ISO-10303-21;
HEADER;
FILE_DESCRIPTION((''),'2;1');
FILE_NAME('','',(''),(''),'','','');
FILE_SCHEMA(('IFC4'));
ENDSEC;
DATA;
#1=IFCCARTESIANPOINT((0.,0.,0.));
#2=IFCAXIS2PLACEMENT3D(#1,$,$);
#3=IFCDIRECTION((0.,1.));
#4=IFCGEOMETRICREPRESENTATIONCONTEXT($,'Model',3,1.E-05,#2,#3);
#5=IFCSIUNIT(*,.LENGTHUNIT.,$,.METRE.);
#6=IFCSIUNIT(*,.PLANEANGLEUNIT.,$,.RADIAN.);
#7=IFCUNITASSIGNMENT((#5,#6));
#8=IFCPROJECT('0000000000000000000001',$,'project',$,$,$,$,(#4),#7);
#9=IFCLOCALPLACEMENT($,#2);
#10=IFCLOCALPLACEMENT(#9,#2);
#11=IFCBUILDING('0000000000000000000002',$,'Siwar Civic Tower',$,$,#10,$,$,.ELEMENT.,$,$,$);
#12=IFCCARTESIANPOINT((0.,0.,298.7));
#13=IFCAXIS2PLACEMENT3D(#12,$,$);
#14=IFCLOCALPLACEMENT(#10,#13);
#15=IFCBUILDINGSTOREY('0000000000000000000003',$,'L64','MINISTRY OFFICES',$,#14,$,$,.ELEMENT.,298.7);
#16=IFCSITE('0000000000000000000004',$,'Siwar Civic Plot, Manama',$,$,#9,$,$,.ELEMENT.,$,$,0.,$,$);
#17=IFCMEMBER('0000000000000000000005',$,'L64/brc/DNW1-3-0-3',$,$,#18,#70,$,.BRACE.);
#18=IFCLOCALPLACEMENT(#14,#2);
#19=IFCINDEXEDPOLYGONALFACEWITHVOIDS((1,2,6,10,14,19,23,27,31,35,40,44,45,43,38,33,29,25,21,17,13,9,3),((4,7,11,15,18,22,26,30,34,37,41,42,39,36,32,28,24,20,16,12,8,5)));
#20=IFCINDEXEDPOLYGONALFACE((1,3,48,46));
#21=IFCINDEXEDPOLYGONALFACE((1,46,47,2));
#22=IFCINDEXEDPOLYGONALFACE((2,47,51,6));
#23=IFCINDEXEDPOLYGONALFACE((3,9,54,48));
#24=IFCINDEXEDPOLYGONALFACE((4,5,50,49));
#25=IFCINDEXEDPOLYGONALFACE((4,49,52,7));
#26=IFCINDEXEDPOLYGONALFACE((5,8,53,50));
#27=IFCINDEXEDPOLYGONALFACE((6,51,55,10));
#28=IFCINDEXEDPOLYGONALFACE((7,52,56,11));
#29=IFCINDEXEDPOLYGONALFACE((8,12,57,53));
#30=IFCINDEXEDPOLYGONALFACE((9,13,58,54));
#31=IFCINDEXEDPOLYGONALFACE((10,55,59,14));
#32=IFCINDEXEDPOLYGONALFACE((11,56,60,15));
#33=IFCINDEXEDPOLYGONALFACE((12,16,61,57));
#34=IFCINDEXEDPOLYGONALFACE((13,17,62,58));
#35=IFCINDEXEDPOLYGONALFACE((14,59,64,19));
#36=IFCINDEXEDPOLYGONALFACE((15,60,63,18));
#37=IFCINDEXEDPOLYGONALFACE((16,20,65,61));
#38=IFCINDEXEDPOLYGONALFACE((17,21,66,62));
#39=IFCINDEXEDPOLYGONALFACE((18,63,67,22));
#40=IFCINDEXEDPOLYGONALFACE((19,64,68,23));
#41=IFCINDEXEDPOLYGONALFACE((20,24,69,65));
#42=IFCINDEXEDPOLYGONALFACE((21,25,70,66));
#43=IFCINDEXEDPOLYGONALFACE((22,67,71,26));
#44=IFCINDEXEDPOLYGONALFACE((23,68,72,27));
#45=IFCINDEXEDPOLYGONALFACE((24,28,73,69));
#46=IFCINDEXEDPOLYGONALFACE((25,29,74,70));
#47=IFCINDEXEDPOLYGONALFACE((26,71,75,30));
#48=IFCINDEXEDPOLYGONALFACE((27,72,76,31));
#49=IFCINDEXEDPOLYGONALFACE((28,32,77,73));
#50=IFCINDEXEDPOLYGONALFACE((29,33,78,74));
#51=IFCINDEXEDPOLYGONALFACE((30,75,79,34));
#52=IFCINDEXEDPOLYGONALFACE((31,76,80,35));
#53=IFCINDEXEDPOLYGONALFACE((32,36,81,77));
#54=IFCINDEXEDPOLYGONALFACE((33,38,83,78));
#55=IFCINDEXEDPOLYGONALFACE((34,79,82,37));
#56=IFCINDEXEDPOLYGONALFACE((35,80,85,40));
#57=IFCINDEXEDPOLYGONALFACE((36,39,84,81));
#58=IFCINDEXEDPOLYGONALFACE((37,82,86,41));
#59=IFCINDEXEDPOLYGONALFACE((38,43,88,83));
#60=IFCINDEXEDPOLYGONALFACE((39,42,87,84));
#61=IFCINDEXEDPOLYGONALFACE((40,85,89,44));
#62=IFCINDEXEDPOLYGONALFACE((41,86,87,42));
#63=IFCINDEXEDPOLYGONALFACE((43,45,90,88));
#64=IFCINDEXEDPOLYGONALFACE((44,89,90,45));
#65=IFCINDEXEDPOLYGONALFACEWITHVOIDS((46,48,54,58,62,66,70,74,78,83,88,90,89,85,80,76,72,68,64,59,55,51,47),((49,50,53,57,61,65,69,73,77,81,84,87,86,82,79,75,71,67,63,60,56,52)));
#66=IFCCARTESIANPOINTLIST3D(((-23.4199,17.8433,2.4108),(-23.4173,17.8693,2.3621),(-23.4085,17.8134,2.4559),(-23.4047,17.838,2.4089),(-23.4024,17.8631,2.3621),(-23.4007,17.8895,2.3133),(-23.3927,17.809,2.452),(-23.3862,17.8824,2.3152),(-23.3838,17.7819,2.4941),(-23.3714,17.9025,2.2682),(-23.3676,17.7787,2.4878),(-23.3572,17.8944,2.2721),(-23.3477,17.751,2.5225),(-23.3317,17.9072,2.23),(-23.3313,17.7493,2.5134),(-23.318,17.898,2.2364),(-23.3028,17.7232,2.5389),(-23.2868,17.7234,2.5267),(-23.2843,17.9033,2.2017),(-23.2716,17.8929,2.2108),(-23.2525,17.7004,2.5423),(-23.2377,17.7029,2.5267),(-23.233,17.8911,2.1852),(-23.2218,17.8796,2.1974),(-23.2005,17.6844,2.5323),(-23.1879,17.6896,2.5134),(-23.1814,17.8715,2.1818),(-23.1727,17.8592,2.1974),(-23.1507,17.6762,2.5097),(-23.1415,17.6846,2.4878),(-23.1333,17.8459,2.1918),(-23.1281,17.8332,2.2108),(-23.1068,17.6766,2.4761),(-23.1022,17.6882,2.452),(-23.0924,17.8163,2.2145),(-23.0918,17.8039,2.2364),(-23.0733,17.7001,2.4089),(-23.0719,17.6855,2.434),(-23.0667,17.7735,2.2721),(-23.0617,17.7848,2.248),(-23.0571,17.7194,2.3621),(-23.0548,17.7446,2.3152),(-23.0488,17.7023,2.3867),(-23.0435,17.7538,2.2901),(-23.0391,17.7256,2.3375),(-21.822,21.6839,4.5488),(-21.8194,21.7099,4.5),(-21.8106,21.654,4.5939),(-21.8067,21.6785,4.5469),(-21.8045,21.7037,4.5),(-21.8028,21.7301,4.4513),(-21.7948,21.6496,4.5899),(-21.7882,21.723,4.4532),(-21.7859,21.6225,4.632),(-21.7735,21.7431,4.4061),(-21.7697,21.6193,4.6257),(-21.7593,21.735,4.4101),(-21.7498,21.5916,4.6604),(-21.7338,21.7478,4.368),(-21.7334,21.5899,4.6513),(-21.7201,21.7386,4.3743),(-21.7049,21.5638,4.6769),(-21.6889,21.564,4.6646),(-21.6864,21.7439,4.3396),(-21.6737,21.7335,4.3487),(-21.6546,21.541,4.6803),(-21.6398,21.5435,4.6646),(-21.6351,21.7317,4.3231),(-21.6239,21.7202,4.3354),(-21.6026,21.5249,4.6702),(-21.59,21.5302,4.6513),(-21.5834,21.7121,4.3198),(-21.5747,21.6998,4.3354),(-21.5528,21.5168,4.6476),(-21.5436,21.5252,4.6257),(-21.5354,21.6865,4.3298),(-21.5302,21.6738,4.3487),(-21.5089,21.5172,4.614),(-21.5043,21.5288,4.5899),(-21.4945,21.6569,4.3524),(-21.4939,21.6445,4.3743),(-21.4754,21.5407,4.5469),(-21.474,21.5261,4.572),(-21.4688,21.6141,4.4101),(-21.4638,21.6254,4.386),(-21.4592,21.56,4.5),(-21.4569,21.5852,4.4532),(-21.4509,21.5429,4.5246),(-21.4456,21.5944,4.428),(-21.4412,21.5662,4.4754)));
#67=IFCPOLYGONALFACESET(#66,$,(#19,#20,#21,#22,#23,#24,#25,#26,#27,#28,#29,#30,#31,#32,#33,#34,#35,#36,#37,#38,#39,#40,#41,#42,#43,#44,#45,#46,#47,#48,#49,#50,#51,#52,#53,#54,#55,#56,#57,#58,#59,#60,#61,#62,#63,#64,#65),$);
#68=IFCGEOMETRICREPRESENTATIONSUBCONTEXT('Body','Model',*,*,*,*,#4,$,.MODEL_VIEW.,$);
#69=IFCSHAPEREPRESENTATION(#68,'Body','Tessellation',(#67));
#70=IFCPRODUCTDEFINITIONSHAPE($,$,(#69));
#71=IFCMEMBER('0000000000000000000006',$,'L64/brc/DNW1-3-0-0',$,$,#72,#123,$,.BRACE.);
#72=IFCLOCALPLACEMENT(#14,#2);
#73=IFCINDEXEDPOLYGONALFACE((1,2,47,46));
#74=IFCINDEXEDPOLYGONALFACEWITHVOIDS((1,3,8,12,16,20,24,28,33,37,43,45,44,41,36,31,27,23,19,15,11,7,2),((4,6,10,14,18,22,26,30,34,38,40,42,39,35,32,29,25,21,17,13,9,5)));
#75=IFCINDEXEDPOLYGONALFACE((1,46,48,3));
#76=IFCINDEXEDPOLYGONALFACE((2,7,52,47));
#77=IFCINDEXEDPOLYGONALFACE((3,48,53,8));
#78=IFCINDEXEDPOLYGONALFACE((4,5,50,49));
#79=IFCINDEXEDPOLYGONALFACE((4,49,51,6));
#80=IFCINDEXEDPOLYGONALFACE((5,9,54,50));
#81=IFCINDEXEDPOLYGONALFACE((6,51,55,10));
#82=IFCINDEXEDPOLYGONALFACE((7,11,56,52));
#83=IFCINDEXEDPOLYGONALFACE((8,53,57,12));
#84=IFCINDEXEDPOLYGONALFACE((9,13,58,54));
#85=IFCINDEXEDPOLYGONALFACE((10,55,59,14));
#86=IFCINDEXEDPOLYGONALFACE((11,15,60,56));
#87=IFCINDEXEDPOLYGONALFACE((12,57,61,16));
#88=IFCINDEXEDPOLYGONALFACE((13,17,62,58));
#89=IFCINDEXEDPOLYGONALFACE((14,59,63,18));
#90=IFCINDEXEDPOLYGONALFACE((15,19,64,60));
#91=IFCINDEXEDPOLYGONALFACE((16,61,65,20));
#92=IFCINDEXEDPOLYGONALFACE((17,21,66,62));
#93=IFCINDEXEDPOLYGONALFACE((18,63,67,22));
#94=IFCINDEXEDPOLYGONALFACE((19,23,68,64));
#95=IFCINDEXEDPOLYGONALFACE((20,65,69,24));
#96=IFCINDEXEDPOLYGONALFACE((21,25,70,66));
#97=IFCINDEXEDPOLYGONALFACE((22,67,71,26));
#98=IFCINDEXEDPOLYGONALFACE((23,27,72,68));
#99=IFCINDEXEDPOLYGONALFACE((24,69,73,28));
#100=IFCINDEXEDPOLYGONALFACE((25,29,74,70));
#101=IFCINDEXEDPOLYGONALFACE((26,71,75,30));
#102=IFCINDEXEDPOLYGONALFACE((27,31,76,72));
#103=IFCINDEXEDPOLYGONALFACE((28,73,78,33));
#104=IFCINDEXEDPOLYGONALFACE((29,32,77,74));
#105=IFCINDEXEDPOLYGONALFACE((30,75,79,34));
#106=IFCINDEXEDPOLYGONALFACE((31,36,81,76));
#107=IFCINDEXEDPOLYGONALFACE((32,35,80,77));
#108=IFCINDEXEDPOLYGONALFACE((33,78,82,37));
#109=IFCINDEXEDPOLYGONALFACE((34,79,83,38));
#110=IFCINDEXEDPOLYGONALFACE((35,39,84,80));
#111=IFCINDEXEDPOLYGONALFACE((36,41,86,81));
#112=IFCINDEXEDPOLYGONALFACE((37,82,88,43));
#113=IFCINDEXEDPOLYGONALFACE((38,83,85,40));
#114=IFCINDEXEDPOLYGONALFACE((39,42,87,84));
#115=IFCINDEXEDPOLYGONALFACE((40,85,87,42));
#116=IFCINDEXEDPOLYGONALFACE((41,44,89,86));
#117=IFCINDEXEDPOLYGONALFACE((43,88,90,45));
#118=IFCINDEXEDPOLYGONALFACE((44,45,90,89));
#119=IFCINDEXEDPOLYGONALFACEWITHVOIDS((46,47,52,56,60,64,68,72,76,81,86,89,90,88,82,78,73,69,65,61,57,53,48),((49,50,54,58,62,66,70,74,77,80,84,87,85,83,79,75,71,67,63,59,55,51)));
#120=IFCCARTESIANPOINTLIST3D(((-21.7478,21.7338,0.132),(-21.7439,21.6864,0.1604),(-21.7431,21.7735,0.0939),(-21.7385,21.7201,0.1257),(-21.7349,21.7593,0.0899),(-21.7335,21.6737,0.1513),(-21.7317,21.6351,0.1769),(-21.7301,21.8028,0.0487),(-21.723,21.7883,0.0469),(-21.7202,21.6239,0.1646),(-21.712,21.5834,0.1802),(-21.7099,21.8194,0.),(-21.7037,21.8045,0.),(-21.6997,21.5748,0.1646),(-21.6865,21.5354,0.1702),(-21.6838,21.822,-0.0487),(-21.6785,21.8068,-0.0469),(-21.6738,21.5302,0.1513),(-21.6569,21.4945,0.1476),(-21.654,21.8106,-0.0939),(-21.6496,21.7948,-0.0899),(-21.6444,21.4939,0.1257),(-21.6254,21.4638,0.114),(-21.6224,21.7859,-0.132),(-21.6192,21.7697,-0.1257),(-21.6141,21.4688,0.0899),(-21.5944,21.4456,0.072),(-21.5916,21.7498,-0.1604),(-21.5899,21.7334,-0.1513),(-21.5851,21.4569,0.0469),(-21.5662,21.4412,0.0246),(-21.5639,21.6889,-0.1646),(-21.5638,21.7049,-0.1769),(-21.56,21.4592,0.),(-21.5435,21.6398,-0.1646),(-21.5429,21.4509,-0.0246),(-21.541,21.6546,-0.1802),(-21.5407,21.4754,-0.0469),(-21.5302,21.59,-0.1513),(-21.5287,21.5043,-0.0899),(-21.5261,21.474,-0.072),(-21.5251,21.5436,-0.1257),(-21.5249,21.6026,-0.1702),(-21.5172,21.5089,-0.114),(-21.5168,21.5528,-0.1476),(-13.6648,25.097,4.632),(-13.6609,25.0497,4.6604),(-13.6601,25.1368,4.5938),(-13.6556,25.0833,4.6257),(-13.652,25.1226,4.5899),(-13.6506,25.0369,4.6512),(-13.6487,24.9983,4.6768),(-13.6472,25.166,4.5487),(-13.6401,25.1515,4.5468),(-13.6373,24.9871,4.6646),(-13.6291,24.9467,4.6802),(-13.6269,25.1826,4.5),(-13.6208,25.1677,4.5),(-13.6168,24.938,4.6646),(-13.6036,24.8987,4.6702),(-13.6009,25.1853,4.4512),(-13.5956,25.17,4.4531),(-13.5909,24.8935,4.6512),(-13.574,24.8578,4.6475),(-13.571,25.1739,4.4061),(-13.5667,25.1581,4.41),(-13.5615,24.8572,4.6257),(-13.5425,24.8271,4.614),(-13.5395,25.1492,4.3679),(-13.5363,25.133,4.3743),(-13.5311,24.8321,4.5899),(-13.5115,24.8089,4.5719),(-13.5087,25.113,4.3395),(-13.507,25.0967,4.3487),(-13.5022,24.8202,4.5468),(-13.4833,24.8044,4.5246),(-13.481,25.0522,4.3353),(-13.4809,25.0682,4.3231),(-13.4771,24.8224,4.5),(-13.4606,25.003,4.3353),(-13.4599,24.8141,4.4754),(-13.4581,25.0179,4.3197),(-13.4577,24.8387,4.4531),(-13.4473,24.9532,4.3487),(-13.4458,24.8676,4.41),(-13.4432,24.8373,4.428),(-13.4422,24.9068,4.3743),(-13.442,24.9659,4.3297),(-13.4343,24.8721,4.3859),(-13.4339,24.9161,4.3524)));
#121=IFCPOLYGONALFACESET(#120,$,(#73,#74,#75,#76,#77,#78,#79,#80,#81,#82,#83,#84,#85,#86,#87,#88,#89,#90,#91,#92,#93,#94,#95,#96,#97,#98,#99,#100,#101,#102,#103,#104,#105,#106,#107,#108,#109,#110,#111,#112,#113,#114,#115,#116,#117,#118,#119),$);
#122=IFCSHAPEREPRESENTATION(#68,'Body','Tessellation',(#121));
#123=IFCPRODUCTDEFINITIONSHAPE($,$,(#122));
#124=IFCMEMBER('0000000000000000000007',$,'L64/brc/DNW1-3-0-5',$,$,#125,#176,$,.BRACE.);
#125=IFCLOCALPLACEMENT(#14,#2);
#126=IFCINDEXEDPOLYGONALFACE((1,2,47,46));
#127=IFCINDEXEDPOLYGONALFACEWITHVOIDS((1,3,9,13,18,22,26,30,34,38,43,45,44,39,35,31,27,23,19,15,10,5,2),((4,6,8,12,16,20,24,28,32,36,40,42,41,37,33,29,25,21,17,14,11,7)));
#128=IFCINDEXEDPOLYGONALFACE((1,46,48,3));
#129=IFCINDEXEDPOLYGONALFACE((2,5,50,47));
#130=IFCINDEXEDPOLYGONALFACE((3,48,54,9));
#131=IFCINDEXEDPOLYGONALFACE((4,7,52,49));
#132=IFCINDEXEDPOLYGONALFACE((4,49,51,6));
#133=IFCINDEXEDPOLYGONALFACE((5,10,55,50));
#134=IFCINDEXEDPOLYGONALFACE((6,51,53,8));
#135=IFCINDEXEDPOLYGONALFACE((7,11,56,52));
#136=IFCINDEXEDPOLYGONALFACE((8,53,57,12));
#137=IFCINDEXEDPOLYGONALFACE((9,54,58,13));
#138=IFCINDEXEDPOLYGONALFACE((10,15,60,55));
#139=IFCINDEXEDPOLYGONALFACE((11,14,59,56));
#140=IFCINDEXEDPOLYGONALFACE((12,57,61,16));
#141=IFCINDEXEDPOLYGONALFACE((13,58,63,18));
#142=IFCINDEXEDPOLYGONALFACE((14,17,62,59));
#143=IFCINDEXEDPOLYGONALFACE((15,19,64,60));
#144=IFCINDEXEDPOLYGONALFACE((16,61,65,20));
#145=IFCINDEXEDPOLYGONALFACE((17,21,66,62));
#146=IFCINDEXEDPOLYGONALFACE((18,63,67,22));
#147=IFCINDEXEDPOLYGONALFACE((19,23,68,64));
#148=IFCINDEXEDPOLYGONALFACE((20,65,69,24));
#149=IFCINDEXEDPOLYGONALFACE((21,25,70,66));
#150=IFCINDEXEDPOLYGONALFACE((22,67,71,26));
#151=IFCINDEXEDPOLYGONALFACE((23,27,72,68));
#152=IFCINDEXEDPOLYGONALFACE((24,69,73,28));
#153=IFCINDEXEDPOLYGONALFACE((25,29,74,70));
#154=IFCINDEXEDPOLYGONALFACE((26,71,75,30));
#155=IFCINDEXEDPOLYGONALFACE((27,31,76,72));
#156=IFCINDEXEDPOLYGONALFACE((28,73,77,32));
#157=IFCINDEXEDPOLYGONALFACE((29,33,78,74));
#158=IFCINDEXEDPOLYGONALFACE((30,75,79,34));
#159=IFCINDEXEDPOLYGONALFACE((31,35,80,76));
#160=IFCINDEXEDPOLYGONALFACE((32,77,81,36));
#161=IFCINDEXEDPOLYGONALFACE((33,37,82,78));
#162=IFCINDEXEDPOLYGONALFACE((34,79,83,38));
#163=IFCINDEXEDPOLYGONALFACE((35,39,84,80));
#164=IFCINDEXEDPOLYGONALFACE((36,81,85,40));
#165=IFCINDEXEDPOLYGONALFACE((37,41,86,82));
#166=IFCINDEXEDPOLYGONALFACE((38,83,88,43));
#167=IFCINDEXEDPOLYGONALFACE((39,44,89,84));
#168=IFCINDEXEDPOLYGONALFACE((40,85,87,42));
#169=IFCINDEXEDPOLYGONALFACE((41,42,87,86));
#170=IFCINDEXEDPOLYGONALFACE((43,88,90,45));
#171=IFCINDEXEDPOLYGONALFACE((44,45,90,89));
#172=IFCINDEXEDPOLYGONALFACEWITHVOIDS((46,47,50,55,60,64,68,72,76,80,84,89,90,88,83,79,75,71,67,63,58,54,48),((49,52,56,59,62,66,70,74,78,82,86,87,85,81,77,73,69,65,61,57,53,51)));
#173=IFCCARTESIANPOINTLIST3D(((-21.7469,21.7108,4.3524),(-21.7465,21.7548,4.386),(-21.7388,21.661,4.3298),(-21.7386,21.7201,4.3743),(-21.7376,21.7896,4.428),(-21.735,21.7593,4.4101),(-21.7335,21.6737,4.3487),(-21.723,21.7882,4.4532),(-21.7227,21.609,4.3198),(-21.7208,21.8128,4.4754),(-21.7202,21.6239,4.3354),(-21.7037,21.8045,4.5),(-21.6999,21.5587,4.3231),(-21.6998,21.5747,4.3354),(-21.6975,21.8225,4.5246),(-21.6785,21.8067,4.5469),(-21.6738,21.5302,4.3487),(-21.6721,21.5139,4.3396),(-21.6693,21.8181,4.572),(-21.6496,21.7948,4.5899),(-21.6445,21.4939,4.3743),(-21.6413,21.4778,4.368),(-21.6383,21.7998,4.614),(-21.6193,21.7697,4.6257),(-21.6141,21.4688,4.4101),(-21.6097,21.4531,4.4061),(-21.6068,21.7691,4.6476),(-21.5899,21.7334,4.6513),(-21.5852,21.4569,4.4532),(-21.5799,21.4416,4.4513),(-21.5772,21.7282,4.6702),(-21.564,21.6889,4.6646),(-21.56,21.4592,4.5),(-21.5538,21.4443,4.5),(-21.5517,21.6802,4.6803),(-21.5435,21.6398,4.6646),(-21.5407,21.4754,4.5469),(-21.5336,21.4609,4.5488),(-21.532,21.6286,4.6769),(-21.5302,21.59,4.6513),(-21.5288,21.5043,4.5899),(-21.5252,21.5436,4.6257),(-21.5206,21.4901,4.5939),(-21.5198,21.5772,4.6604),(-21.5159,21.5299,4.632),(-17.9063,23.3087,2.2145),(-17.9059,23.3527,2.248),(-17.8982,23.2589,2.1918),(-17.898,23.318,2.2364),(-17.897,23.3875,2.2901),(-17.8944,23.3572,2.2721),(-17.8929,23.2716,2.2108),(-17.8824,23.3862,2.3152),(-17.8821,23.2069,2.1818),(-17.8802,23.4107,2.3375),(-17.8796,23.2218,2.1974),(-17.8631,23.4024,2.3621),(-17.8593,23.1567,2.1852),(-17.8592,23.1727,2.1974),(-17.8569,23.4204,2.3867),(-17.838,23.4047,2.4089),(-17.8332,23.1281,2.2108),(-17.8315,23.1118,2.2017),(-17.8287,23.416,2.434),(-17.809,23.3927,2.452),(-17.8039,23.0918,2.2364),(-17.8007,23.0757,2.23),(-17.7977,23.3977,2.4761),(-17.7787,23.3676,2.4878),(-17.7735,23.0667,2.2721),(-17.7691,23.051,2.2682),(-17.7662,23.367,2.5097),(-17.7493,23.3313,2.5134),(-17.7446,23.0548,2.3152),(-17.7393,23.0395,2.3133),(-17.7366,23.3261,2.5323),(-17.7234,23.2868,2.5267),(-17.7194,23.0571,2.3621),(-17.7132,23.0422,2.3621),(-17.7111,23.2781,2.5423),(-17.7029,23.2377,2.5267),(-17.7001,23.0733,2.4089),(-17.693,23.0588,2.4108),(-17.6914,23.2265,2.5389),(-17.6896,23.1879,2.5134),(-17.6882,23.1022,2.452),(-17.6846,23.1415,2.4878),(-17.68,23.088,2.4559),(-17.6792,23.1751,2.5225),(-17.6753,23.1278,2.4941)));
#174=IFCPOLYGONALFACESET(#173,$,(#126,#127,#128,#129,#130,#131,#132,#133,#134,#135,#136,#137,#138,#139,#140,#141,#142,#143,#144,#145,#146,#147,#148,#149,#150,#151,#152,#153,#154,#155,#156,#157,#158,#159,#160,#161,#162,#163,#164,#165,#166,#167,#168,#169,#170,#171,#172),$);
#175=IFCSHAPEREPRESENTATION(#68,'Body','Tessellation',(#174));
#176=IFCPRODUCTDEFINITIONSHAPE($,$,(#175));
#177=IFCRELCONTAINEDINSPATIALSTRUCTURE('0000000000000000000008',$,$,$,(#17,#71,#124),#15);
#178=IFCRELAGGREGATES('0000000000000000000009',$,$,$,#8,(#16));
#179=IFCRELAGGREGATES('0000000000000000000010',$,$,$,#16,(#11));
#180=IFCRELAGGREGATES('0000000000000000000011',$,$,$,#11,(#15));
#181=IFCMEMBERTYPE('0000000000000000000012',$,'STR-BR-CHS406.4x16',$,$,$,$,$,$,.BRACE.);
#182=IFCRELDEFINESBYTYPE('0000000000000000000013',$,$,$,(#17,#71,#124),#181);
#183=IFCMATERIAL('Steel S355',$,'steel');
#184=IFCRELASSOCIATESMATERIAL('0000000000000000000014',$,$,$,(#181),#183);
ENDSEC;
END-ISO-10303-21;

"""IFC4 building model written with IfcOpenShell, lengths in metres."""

from ifc_helpers import new_model, si_unit, direction, frame, origin, origin_2d, place, context, subcontext, project, spatial, hollow_circle, extrude, material, material_profile, profile_set, type_object, element, save


model = new_model("IFC4")

# Units and contexts
model_context = context("Model", 3, precision=1e-05, world=origin(), true_north=direction((0.0, 1.0)))
body_context = subcontext(model_context, "Body", "Model", "MODEL_VIEW")
ifc_project = project(units=[si_unit("LENGTHUNIT", "METRE"), si_unit("PLANEANGLEUNIT", "RADIAN")], contexts=[model_context])

# Site, building, storey
site_placement = place(None, origin())
site = spatial("IfcSite", under=ifc_project, at=site_placement, Name="Siwar Civic Plot, Manama", CompositionType="ELEMENT", RefElevation=0.0)
building_placement = place(site_placement, origin())
building = spatial("IfcBuilding", under=site, at=building_placement, Name="Siwar Civic Tower", CompositionType="ELEMENT")
storey_placement = place(building_placement, frame((0.0, 0.0, 298.7)))
storey = spatial("IfcBuildingStorey", under=building, at=storey_placement, Name="L64", Description="MINISTRY OFFICES", CompositionType="ELEMENT", Elevation=298.7)

# Members
ifc_material_1 = material(Name="Steel S355", Category="steel")
ifc_material_profile_1 = material_profile(ifc_material_1, hollow_circle(Radius=0.2031, WallThickness=0.0161, at=origin_2d()), Name="CHS406.4x16")
ifc_profile_set_1 = profile_set([ifc_material_profile_1], Name="Steel S355")
member_type_1 = type_object("IfcMemberType", Name="STR-BR-CHS406.4x16", PredefinedType="BRACE", material=ifc_profile_set_1)
for number, where, z_axis, x_axis, name in (
    (1, (-23.2297, 17.7913, 2.3621), (0.341653, 0.821167, 0.45712), (-0.923276, 0.384136, 0.0), "L64/brc/DNW1-3-0-3"),
):
    element("IfcMember", number, at=place(storey_placement, frame(where, z_axis=z_axis, x_axis=x_axis)), inside=storey, type_object=member_type_1, Name=name, PredefinedType="BRACE", context=body_context, shape_type="SweptSolid", body=[
        extrude(hollow_circle(Radius=0.2031, WallThickness=0.0161, at=origin_2d()), origin(), (0.0, 0.0, 1.0), 4.677),
    ])
member_1_placement = place(storey_placement, frame((-21.6318, 21.6318, 0.0), z_axis=(0.821143, 0.341671, 0.457149), x_axis=(-0.384164, 0.923265, 0.0)))
element("IfcMember", 2, at=member_1_placement, inside=storey, type_object=member_type_1, Name="L64/brc/DNW1-3-0-0", PredefinedType="BRACE", context=body_context, shape_type="SweptSolid", body=[
    extrude(hollow_circle(Radius=0.2031, WallThickness=0.0161, at=origin_2d()), origin(), (0.0, 0.0, 1.0), 9.8435),
])
member_2_placement = place(storey_placement, frame((-17.7913, 23.2297, 2.3621), z_axis=(-0.821167, -0.341653, 0.45712), x_axis=(0.384136, -0.923276, 0.0)))
element("IfcMember", 3, at=member_2_placement, inside=storey, type_object=member_type_1, Name="L64/brc/DNW1-3-0-5", PredefinedType="BRACE", context=body_context, shape_type="SweptSolid", body=[
    extrude(hollow_circle(Radius=0.2031, WallThickness=0.0161, at=origin_2d()), origin(), (0.0, 0.0, 1.0), 4.677),
])

save(model, "model.ifc")
